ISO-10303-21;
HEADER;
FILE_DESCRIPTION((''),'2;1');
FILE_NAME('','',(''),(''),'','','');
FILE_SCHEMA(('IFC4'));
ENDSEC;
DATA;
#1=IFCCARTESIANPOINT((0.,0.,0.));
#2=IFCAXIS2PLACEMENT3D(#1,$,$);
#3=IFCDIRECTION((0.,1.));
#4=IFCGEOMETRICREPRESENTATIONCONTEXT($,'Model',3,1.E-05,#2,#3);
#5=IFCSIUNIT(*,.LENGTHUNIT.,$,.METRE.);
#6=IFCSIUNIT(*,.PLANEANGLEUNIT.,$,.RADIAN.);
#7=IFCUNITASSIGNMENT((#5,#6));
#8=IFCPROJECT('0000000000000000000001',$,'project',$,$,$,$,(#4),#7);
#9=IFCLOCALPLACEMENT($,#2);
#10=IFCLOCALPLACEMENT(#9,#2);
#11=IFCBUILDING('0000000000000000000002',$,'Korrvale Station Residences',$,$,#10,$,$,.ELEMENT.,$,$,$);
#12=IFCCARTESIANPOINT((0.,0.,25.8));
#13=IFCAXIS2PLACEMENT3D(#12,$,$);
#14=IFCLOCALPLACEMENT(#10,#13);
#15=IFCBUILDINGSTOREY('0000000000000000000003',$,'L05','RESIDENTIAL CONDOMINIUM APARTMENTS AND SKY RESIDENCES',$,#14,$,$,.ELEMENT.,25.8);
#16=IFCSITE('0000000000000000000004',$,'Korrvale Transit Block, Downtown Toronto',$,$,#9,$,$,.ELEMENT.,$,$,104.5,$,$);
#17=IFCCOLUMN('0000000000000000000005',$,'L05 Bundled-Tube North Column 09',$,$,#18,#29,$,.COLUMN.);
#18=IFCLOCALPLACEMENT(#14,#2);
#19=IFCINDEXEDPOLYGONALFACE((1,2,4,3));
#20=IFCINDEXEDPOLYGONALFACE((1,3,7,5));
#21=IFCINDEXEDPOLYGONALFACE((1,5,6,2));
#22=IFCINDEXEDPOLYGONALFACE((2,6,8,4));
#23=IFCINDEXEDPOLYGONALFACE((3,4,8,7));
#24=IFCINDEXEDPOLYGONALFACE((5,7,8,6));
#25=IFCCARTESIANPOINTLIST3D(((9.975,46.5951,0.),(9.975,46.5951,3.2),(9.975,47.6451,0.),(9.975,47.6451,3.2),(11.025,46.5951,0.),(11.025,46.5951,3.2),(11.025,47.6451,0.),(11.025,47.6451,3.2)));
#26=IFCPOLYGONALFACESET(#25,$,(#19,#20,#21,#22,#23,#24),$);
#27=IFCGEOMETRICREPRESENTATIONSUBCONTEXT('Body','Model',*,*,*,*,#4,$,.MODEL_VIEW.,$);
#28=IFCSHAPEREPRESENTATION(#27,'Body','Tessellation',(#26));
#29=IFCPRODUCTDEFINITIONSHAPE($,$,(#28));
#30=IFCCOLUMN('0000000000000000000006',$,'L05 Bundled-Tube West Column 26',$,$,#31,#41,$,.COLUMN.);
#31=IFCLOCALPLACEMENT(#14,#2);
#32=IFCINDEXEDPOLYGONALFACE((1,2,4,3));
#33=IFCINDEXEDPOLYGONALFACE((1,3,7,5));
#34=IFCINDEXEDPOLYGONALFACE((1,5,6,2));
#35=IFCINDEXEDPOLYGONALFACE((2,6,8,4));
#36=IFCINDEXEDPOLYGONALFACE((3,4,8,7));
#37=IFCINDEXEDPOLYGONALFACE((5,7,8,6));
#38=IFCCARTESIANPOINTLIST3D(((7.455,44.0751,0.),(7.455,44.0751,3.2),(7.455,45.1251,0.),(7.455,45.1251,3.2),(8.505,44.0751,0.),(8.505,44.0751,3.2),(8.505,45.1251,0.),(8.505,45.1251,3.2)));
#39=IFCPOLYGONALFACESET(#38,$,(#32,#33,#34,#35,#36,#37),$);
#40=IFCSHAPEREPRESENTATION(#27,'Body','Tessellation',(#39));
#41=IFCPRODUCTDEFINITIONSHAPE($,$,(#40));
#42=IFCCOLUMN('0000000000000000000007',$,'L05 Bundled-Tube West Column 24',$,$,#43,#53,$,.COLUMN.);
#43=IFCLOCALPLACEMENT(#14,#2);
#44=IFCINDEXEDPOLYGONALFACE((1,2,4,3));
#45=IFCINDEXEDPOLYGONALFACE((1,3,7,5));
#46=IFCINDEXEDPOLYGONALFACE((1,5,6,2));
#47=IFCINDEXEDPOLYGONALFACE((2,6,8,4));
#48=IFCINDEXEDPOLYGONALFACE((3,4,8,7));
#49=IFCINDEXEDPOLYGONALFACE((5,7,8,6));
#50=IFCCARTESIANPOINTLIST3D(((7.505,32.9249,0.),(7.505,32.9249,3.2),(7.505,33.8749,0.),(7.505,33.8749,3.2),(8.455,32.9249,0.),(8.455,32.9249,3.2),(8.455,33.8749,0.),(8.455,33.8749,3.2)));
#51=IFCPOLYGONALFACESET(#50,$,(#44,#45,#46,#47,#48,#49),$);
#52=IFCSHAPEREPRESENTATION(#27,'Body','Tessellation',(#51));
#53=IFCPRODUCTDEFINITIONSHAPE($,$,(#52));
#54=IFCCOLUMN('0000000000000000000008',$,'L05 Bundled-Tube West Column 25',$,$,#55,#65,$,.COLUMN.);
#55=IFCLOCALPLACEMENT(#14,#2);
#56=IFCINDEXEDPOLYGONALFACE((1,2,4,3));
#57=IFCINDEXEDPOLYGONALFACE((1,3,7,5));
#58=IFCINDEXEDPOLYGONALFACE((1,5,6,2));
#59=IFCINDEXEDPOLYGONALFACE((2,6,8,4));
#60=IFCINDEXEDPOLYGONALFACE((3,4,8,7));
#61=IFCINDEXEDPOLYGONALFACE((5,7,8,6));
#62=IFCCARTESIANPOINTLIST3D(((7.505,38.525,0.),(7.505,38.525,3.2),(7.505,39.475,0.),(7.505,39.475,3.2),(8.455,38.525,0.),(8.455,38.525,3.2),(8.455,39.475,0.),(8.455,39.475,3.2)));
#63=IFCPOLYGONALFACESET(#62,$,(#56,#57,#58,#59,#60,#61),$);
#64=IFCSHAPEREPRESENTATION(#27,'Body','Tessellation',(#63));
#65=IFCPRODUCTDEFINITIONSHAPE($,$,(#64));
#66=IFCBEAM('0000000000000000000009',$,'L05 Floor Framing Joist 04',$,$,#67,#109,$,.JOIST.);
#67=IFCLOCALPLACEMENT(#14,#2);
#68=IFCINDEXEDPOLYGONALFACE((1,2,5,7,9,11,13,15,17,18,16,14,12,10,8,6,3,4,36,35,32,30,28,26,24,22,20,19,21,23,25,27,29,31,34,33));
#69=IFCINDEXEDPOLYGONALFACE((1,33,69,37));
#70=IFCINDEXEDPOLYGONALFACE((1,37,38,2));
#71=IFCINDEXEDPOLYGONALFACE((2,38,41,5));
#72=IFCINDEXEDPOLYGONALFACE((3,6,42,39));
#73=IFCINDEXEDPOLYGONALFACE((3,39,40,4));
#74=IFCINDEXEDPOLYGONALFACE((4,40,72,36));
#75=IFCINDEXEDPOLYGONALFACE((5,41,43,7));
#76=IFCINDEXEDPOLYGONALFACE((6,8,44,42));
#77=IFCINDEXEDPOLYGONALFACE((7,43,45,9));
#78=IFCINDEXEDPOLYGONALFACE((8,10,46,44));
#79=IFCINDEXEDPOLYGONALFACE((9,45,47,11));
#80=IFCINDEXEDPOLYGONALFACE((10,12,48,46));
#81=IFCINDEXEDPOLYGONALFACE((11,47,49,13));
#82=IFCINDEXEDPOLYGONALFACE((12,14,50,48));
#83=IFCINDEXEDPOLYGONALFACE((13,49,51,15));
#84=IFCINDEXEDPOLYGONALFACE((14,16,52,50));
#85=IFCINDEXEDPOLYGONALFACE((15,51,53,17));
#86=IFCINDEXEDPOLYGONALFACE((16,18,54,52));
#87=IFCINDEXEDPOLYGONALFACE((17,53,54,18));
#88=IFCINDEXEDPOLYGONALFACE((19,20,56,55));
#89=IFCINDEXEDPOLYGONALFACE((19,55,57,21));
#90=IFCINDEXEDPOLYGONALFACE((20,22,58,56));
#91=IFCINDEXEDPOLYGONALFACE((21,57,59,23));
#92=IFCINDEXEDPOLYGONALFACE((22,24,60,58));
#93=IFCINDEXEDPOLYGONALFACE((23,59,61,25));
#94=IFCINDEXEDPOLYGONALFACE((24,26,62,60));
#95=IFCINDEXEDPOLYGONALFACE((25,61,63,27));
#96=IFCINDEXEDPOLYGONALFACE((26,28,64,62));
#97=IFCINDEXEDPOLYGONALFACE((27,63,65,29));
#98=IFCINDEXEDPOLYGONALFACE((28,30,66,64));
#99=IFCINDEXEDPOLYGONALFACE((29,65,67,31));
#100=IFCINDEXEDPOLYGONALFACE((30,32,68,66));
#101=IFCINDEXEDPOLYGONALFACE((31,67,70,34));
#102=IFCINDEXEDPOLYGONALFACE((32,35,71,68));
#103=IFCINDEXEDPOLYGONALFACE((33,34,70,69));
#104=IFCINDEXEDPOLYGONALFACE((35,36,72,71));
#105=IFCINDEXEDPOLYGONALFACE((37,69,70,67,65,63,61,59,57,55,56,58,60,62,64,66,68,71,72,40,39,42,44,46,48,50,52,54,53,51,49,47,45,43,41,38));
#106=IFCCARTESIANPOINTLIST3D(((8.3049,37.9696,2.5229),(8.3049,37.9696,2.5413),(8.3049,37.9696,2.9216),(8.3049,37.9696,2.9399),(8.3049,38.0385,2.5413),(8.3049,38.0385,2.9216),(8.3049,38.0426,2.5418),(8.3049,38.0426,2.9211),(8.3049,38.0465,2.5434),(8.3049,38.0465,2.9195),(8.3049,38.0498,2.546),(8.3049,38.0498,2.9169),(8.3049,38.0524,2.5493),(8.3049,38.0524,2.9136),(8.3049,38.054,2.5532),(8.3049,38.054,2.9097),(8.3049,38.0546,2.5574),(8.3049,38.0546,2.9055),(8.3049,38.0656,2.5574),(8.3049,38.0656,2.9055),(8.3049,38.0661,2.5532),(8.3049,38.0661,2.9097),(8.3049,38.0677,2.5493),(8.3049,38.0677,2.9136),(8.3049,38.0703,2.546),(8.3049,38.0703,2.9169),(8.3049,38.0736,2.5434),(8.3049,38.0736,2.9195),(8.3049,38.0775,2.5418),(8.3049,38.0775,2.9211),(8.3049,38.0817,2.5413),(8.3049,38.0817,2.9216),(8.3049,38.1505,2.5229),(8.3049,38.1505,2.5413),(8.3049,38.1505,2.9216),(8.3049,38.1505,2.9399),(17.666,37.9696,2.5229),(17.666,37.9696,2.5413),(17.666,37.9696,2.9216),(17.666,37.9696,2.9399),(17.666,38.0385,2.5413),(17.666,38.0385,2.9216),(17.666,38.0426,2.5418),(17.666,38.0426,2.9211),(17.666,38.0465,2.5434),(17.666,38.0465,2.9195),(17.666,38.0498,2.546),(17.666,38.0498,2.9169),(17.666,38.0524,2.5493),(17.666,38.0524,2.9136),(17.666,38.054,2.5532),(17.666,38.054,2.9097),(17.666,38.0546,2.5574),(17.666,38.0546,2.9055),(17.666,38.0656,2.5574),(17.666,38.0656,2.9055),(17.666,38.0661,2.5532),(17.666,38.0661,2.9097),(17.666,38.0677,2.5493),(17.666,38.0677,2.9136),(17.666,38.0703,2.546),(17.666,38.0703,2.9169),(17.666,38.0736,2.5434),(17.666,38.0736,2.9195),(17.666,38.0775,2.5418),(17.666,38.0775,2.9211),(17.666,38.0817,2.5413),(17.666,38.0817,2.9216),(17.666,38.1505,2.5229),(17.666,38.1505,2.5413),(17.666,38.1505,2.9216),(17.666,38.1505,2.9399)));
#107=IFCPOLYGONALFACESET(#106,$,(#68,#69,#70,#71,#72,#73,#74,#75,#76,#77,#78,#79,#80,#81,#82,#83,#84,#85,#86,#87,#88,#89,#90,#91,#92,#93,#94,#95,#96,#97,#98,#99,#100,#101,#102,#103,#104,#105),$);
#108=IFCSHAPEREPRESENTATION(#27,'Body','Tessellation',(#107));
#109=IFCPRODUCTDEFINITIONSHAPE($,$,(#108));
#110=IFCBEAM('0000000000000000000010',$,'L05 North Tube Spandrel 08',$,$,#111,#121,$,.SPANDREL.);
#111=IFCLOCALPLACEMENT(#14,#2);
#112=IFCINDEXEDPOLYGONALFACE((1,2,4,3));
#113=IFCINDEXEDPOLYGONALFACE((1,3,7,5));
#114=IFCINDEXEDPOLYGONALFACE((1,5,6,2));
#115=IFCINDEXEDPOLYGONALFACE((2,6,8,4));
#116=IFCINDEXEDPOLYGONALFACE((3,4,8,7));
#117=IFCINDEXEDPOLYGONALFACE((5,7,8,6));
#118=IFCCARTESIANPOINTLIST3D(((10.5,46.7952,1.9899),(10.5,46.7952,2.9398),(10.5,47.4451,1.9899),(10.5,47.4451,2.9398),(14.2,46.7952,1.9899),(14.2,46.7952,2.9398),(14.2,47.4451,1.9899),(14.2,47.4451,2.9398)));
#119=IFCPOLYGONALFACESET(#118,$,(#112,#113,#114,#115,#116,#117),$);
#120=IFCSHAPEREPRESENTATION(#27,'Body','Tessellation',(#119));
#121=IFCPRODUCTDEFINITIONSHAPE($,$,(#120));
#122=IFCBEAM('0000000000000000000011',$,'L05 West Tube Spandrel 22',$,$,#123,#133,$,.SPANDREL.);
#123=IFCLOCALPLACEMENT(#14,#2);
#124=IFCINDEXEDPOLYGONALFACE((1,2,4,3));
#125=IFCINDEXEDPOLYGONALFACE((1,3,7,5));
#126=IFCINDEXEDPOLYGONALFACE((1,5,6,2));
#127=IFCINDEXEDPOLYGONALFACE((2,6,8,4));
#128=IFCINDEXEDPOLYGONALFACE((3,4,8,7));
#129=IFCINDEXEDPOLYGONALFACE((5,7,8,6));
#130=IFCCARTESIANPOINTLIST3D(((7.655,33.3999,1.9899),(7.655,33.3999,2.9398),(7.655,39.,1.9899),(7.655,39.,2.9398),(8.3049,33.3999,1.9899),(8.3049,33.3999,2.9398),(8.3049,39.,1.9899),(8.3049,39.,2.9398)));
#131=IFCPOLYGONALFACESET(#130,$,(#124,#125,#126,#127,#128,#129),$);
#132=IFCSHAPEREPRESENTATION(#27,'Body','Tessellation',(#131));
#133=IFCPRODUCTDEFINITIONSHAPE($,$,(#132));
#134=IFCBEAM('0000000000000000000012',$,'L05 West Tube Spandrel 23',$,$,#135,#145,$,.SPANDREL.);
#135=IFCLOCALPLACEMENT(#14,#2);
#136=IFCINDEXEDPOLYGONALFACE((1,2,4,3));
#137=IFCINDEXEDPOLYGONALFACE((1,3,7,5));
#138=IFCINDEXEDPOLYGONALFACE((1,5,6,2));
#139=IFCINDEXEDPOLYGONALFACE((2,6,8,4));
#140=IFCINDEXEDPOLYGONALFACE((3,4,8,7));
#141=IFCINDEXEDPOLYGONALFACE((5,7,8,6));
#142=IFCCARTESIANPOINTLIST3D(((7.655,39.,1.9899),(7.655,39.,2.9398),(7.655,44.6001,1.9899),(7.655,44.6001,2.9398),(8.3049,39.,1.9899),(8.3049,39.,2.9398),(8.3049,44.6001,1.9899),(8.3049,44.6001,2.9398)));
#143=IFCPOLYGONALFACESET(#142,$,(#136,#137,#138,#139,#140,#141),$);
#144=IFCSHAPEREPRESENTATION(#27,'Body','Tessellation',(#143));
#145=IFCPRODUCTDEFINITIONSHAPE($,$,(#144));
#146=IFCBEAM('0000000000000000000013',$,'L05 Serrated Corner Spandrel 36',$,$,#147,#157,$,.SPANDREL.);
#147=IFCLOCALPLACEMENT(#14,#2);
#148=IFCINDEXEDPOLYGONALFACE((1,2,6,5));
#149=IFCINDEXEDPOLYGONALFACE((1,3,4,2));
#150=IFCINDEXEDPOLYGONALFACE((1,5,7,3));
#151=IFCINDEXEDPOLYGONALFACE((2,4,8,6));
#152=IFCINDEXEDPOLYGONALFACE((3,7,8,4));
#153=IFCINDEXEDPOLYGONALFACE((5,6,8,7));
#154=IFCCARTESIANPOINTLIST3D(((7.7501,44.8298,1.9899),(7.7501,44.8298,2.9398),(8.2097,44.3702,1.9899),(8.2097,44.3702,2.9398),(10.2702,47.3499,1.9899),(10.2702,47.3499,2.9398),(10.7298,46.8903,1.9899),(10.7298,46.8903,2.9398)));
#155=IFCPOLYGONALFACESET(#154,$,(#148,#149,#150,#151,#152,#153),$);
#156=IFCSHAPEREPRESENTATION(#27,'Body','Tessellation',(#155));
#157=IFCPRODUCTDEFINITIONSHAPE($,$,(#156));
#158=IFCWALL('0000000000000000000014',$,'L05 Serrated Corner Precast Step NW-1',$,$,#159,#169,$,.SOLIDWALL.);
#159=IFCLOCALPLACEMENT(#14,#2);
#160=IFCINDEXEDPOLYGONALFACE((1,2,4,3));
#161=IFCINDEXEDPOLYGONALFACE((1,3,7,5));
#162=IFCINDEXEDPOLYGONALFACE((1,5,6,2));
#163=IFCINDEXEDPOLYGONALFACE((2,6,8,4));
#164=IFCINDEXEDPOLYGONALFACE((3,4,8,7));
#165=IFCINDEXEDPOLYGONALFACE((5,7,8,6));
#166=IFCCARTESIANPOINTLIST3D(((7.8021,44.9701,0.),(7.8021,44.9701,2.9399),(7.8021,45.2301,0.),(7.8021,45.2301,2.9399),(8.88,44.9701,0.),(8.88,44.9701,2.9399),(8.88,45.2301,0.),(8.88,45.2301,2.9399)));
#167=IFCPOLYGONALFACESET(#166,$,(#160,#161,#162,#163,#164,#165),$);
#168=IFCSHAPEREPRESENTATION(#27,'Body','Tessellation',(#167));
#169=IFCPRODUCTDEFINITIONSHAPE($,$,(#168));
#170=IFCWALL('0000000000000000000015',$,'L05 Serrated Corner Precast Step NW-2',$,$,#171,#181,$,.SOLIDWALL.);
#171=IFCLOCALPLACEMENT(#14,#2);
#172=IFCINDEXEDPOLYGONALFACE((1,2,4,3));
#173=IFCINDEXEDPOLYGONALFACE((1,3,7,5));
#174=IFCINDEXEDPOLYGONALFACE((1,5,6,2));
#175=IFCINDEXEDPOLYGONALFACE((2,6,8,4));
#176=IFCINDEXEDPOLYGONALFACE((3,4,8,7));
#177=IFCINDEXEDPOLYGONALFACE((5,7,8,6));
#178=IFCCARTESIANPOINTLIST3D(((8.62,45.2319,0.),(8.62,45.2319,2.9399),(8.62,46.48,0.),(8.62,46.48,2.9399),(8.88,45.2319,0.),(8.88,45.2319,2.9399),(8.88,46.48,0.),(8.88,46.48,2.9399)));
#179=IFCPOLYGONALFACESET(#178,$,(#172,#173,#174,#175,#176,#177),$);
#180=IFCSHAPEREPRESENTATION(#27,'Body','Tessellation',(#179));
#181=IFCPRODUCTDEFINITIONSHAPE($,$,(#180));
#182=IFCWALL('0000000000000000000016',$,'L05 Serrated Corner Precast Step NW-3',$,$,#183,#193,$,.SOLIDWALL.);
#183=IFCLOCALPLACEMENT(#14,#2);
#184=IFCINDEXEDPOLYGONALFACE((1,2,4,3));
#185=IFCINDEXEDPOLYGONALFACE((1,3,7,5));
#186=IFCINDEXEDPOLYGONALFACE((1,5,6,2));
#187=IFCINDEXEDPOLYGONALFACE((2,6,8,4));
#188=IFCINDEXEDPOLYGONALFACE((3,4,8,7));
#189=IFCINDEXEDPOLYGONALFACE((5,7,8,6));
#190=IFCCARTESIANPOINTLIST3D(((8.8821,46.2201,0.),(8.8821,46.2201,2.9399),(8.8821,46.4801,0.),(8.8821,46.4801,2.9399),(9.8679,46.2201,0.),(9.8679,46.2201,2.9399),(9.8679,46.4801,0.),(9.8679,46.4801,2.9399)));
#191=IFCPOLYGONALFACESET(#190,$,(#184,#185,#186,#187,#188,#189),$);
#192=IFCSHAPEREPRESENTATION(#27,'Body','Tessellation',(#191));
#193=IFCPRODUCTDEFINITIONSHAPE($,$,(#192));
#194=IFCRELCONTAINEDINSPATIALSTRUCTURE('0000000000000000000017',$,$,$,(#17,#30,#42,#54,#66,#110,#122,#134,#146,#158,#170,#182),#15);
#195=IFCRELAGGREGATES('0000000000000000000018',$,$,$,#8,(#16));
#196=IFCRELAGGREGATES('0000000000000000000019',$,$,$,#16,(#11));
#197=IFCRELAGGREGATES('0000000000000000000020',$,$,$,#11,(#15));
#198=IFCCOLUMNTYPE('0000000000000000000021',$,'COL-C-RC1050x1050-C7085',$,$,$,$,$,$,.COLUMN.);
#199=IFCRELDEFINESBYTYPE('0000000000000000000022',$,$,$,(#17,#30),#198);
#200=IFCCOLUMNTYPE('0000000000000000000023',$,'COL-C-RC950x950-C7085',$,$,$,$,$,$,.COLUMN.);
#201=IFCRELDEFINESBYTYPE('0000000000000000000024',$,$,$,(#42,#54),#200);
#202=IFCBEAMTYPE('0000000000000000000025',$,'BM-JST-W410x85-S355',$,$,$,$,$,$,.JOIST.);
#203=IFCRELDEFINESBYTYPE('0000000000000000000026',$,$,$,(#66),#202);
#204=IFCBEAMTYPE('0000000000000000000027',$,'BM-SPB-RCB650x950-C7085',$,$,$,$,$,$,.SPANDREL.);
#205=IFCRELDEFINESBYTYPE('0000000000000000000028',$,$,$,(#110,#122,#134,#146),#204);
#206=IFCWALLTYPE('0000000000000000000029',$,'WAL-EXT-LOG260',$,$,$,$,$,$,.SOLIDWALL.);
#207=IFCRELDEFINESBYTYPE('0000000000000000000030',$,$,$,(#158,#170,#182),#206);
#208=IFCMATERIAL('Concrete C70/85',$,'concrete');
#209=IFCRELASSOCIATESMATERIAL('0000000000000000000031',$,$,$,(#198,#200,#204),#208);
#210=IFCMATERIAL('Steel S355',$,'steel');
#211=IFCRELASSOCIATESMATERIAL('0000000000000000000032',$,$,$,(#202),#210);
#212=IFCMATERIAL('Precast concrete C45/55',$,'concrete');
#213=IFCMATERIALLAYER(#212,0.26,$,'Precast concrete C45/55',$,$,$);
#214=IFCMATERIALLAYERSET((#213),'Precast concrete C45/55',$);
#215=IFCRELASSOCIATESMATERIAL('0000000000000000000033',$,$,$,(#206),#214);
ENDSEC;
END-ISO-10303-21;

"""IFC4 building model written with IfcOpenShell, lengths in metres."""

from ifc_helpers import new_model, si_unit, direction, frame, frame_2d, origin, origin_2d, place, context, subcontext, project, spatial, rectangle, i_section, extrude, material, layer, layer_set, material_profile, profile_set, type_object, element, save


model = new_model("IFC4")

# Units and contexts
model_context = context("Model", 3, precision=1e-05, world=origin(), true_north=direction((0.0, 1.0)))
body_context = subcontext(model_context, "Body", "Model", "MODEL_VIEW")
ifc_project = project(units=[si_unit("LENGTHUNIT", "METRE"), si_unit("PLANEANGLEUNIT", "RADIAN")], contexts=[model_context])

# Site, building, storey
site_placement = place(None, origin())
site = spatial("IfcSite", under=ifc_project, at=site_placement, Name="Korrvale Transit Block, Downtown Toronto", CompositionType="ELEMENT", RefElevation=104.5)
building_placement = place(site_placement, origin())
building = spatial("IfcBuilding", under=site, at=building_placement, Name="Korrvale Station Residences", CompositionType="ELEMENT")
storey_placement = place(building_placement, frame((0.0, 0.0, 25.8)))
storey = spatial("IfcBuildingStorey", under=building, at=storey_placement, Name="L05", Description="RESIDENTIAL CONDOMINIUM APARTMENTS AND SKY RESIDENCES", CompositionType="ELEMENT", Elevation=25.8)

# Columns
ifc_material_1 = material(Name="Concrete C70/85", Category="concrete")
ifc_material_profile_1 = material_profile(ifc_material_1, rectangle(XDim=1.05, YDim=1.05, at=origin_2d()), Name="RC1050x1050")
ifc_profile_set_1 = profile_set([ifc_material_profile_1], Name="Concrete C70/85")
column_type_1 = type_object("IfcColumnType", Name="COL-C-RC1050x1050-C7085", PredefinedType="COLUMN", material=ifc_profile_set_1)
for number, where, z_axis, x_axis, name in (
    (1, (10.5, 47.1201, 0.0), (0.0, 0.0, 1.0), (1.0, 0.0, 0.0), "L05 Bundled-Tube North Column 09"),
    (2, (7.98, 44.6001, 0.0), (0.0, 0.0, 1.0), (1.0, 0.0, 0.0), "L05 Bundled-Tube West Column 26"),
):
    element("IfcColumn", number, at=place(storey_placement, frame(where, z_axis=z_axis, x_axis=x_axis)), inside=storey, type_object=column_type_1, Name=name, PredefinedType="COLUMN", context=body_context, shape_type="SweptSolid", body=[
        extrude(rectangle(XDim=1.05, YDim=1.05, at=origin_2d()), origin(), (0.0, 0.0, 1.0), 3.2),
    ])
ifc_material_profile_2 = material_profile(ifc_material_1, rectangle(XDim=0.95, YDim=0.95, at=origin_2d()), Name="RC950x950")
ifc_profile_set_2 = profile_set([ifc_material_profile_2], Name="Concrete C70/85")
column_type_2 = type_object("IfcColumnType", Name="COL-C-RC950x950-C7085", PredefinedType="COLUMN", material=ifc_profile_set_2)
for number, where, z_axis, x_axis, name in (
    (3, (7.98, 33.3999, 0.0), (0.0, 0.0, 1.0), (1.0, 0.0, 0.0), "L05 Bundled-Tube West Column 24"),
    (4, (7.98, 39.0, 0.0), (0.0, 0.0, 1.0), (1.0, 0.0, 0.0), "L05 Bundled-Tube West Column 25"),
):
    element("IfcColumn", number, at=place(storey_placement, frame(where, z_axis=z_axis, x_axis=x_axis)), inside=storey, type_object=column_type_2, Name=name, PredefinedType="COLUMN", context=body_context, shape_type="SweptSolid", body=[
        extrude(rectangle(XDim=0.95, YDim=0.95, at=origin_2d()), origin(), (0.0, 0.0, 1.0), 3.2),
    ])

# Beams
ifc_material_2 = material(Name="Steel S355", Category="steel")
ifc_material_profile_3 = material_profile(ifc_material_2, i_section(OverallWidth=0.1809, OverallDepth=0.417, WebThickness=0.011, FlangeThickness=0.0183, FilletRadius=0.0161, at=origin_2d()), Name="W410x85")
ifc_profile_set_3 = profile_set([ifc_material_profile_3], Name="Steel S355")
beam_type_1 = type_object("IfcBeamType", Name="BM-JST-W410x85-S355", PredefinedType="JOIST", material=ifc_profile_set_3)
beam_1_placement = place(storey_placement, frame((8.3049, 38.0601, 2.7314), z_axis=(1.0, 0.0, 0.0), x_axis=(0.0, 1.0, 0.0)))
element("IfcBeam", 5, at=beam_1_placement, inside=storey, type_object=beam_type_1, Name="L05 Floor Framing Joist 04", PredefinedType="JOIST", context=body_context, shape_type="SweptSolid", body=[
    extrude(i_section(OverallWidth=0.1809, OverallDepth=0.417, WebThickness=0.011, FlangeThickness=0.0183, FilletRadius=0.0161, at=origin_2d()), origin(), (0.0, 0.0, 1.0), 9.3611),
])
ifc_material_profile_4 = material_profile(ifc_material_1, rectangle(XDim=0.6499, YDim=0.95, at=origin_2d()), Name="RCB650x950")
ifc_profile_set_4 = profile_set([ifc_material_profile_4], Name="Concrete C70/85")
beam_type_2 = type_object("IfcBeamType", Name="BM-SPB-RCB650x950-C7085", PredefinedType="SPANDREL", material=ifc_profile_set_4)
beam_2_placement = place(storey_placement, frame((10.5, 47.1201, 2.4648), z_axis=(1.0, 0.0, 0.0), x_axis=(0.0, 1.0, 0.0)))
element("IfcBeam", 6, at=beam_2_placement, inside=storey, type_object=beam_type_2, Name="L05 North Tube Spandrel 08", PredefinedType="SPANDREL", context=body_context, shape_type="SweptSolid", body=[
    extrude(rectangle(XDim=0.6499, YDim=0.95, at=origin_2d()), origin(), (0.0, 0.0, 1.0), 3.7),
])
for number, where, z_axis, x_axis, name in (
    (7, (7.98, 33.3999, 2.4648), (0.0, 1.0, 0.0), (-1.0, 0.0, 0.0), "L05 West Tube Spandrel 22"),
    (8, (7.98, 39.0, 2.4648), (0.0, 1.0, 0.0), (-1.0, 0.0, 0.0), "L05 West Tube Spandrel 23"),
):
    element("IfcBeam", number, at=place(storey_placement, frame(where, z_axis=z_axis, x_axis=x_axis)), inside=storey, type_object=beam_type_2, Name=name, PredefinedType="SPANDREL", context=body_context, shape_type="SweptSolid", body=[
        extrude(rectangle(XDim=0.6499, YDim=0.95, at=origin_2d()), origin(), (0.0, 0.0, 1.0), 5.6001),
    ])
beam_3_placement = place(storey_placement, frame((10.5, 47.1201, 2.4648), z_axis=(-0.707107, -0.707107, 0.0), x_axis=(0.707107, -0.707107, 0.0)))
element("IfcBeam", 9, at=beam_3_placement, inside=storey, type_object=beam_type_2, Name="L05 Serrated Corner Spandrel 36", PredefinedType="SPANDREL", context=body_context, shape_type="SweptSolid", body=[
    extrude(rectangle(XDim=0.6499, YDim=0.95, at=origin_2d()), origin(), (0.0, 0.0, 1.0), 3.564),
])

# Walls
ifc_material_3 = material(Name="Precast concrete C45/55", Category="concrete")
ifc_layer_1 = layer(ifc_material_3, 0.26, Name="Precast concrete C45/55")
ifc_layer_set_1 = layer_set([ifc_layer_1], Name="Precast concrete C45/55")
wall_type_1 = type_object("IfcWallType", Name="WAL-EXT-LOG260", PredefinedType="SOLIDWALL", material=ifc_layer_set_1)
wall_1_placement = place(storey_placement, frame((7.802, 45.1001, 0.0), z_axis=(0.0, 0.0, 1.0), x_axis=(1.0, 0.0, 0.0)))
element("IfcWall", 10, at=wall_1_placement, inside=storey, type_object=wall_type_1, Name="L05 Serrated Corner Precast Step NW-1", PredefinedType="SOLIDWALL", context=body_context, shape_type="SweptSolid", body=[
    extrude(rectangle(XDim=1.0779, YDim=0.26, at=frame_2d((0.5391, 0.0))), origin(), (0.0, 0.0, 1.0), 2.9399),
])
wall_2_placement = place(storey_placement, frame((8.75, 45.2319, 0.0), z_axis=(0.0, 0.0, 1.0), x_axis=(0.0, 1.0, 0.0)))
element("IfcWall", 11, at=wall_2_placement, inside=storey, type_object=wall_type_1, Name="L05 Serrated Corner Precast Step NW-2", PredefinedType="SOLIDWALL", context=body_context, shape_type="SweptSolid", body=[
    extrude(rectangle(XDim=1.248, YDim=0.26, at=frame_2d((0.624, 0.0))), origin(), (0.0, 0.0, 1.0), 2.9399),
])
wall_3_placement = place(storey_placement, frame((8.8821, 46.3501, 0.0), z_axis=(0.0, 0.0, 1.0), x_axis=(1.0, 0.0, 0.0)))
element("IfcWall", 12, at=wall_3_placement, inside=storey, type_object=wall_type_1, Name="L05 Serrated Corner Precast Step NW-3", PredefinedType="SOLIDWALL", context=body_context, shape_type="SweptSolid", body=[
    extrude(rectangle(XDim=0.9858, YDim=0.26, at=frame_2d((0.4929, 0.0))), origin(), (0.0, 0.0, 1.0), 2.9399),
])

save(model, "model.ifc")
